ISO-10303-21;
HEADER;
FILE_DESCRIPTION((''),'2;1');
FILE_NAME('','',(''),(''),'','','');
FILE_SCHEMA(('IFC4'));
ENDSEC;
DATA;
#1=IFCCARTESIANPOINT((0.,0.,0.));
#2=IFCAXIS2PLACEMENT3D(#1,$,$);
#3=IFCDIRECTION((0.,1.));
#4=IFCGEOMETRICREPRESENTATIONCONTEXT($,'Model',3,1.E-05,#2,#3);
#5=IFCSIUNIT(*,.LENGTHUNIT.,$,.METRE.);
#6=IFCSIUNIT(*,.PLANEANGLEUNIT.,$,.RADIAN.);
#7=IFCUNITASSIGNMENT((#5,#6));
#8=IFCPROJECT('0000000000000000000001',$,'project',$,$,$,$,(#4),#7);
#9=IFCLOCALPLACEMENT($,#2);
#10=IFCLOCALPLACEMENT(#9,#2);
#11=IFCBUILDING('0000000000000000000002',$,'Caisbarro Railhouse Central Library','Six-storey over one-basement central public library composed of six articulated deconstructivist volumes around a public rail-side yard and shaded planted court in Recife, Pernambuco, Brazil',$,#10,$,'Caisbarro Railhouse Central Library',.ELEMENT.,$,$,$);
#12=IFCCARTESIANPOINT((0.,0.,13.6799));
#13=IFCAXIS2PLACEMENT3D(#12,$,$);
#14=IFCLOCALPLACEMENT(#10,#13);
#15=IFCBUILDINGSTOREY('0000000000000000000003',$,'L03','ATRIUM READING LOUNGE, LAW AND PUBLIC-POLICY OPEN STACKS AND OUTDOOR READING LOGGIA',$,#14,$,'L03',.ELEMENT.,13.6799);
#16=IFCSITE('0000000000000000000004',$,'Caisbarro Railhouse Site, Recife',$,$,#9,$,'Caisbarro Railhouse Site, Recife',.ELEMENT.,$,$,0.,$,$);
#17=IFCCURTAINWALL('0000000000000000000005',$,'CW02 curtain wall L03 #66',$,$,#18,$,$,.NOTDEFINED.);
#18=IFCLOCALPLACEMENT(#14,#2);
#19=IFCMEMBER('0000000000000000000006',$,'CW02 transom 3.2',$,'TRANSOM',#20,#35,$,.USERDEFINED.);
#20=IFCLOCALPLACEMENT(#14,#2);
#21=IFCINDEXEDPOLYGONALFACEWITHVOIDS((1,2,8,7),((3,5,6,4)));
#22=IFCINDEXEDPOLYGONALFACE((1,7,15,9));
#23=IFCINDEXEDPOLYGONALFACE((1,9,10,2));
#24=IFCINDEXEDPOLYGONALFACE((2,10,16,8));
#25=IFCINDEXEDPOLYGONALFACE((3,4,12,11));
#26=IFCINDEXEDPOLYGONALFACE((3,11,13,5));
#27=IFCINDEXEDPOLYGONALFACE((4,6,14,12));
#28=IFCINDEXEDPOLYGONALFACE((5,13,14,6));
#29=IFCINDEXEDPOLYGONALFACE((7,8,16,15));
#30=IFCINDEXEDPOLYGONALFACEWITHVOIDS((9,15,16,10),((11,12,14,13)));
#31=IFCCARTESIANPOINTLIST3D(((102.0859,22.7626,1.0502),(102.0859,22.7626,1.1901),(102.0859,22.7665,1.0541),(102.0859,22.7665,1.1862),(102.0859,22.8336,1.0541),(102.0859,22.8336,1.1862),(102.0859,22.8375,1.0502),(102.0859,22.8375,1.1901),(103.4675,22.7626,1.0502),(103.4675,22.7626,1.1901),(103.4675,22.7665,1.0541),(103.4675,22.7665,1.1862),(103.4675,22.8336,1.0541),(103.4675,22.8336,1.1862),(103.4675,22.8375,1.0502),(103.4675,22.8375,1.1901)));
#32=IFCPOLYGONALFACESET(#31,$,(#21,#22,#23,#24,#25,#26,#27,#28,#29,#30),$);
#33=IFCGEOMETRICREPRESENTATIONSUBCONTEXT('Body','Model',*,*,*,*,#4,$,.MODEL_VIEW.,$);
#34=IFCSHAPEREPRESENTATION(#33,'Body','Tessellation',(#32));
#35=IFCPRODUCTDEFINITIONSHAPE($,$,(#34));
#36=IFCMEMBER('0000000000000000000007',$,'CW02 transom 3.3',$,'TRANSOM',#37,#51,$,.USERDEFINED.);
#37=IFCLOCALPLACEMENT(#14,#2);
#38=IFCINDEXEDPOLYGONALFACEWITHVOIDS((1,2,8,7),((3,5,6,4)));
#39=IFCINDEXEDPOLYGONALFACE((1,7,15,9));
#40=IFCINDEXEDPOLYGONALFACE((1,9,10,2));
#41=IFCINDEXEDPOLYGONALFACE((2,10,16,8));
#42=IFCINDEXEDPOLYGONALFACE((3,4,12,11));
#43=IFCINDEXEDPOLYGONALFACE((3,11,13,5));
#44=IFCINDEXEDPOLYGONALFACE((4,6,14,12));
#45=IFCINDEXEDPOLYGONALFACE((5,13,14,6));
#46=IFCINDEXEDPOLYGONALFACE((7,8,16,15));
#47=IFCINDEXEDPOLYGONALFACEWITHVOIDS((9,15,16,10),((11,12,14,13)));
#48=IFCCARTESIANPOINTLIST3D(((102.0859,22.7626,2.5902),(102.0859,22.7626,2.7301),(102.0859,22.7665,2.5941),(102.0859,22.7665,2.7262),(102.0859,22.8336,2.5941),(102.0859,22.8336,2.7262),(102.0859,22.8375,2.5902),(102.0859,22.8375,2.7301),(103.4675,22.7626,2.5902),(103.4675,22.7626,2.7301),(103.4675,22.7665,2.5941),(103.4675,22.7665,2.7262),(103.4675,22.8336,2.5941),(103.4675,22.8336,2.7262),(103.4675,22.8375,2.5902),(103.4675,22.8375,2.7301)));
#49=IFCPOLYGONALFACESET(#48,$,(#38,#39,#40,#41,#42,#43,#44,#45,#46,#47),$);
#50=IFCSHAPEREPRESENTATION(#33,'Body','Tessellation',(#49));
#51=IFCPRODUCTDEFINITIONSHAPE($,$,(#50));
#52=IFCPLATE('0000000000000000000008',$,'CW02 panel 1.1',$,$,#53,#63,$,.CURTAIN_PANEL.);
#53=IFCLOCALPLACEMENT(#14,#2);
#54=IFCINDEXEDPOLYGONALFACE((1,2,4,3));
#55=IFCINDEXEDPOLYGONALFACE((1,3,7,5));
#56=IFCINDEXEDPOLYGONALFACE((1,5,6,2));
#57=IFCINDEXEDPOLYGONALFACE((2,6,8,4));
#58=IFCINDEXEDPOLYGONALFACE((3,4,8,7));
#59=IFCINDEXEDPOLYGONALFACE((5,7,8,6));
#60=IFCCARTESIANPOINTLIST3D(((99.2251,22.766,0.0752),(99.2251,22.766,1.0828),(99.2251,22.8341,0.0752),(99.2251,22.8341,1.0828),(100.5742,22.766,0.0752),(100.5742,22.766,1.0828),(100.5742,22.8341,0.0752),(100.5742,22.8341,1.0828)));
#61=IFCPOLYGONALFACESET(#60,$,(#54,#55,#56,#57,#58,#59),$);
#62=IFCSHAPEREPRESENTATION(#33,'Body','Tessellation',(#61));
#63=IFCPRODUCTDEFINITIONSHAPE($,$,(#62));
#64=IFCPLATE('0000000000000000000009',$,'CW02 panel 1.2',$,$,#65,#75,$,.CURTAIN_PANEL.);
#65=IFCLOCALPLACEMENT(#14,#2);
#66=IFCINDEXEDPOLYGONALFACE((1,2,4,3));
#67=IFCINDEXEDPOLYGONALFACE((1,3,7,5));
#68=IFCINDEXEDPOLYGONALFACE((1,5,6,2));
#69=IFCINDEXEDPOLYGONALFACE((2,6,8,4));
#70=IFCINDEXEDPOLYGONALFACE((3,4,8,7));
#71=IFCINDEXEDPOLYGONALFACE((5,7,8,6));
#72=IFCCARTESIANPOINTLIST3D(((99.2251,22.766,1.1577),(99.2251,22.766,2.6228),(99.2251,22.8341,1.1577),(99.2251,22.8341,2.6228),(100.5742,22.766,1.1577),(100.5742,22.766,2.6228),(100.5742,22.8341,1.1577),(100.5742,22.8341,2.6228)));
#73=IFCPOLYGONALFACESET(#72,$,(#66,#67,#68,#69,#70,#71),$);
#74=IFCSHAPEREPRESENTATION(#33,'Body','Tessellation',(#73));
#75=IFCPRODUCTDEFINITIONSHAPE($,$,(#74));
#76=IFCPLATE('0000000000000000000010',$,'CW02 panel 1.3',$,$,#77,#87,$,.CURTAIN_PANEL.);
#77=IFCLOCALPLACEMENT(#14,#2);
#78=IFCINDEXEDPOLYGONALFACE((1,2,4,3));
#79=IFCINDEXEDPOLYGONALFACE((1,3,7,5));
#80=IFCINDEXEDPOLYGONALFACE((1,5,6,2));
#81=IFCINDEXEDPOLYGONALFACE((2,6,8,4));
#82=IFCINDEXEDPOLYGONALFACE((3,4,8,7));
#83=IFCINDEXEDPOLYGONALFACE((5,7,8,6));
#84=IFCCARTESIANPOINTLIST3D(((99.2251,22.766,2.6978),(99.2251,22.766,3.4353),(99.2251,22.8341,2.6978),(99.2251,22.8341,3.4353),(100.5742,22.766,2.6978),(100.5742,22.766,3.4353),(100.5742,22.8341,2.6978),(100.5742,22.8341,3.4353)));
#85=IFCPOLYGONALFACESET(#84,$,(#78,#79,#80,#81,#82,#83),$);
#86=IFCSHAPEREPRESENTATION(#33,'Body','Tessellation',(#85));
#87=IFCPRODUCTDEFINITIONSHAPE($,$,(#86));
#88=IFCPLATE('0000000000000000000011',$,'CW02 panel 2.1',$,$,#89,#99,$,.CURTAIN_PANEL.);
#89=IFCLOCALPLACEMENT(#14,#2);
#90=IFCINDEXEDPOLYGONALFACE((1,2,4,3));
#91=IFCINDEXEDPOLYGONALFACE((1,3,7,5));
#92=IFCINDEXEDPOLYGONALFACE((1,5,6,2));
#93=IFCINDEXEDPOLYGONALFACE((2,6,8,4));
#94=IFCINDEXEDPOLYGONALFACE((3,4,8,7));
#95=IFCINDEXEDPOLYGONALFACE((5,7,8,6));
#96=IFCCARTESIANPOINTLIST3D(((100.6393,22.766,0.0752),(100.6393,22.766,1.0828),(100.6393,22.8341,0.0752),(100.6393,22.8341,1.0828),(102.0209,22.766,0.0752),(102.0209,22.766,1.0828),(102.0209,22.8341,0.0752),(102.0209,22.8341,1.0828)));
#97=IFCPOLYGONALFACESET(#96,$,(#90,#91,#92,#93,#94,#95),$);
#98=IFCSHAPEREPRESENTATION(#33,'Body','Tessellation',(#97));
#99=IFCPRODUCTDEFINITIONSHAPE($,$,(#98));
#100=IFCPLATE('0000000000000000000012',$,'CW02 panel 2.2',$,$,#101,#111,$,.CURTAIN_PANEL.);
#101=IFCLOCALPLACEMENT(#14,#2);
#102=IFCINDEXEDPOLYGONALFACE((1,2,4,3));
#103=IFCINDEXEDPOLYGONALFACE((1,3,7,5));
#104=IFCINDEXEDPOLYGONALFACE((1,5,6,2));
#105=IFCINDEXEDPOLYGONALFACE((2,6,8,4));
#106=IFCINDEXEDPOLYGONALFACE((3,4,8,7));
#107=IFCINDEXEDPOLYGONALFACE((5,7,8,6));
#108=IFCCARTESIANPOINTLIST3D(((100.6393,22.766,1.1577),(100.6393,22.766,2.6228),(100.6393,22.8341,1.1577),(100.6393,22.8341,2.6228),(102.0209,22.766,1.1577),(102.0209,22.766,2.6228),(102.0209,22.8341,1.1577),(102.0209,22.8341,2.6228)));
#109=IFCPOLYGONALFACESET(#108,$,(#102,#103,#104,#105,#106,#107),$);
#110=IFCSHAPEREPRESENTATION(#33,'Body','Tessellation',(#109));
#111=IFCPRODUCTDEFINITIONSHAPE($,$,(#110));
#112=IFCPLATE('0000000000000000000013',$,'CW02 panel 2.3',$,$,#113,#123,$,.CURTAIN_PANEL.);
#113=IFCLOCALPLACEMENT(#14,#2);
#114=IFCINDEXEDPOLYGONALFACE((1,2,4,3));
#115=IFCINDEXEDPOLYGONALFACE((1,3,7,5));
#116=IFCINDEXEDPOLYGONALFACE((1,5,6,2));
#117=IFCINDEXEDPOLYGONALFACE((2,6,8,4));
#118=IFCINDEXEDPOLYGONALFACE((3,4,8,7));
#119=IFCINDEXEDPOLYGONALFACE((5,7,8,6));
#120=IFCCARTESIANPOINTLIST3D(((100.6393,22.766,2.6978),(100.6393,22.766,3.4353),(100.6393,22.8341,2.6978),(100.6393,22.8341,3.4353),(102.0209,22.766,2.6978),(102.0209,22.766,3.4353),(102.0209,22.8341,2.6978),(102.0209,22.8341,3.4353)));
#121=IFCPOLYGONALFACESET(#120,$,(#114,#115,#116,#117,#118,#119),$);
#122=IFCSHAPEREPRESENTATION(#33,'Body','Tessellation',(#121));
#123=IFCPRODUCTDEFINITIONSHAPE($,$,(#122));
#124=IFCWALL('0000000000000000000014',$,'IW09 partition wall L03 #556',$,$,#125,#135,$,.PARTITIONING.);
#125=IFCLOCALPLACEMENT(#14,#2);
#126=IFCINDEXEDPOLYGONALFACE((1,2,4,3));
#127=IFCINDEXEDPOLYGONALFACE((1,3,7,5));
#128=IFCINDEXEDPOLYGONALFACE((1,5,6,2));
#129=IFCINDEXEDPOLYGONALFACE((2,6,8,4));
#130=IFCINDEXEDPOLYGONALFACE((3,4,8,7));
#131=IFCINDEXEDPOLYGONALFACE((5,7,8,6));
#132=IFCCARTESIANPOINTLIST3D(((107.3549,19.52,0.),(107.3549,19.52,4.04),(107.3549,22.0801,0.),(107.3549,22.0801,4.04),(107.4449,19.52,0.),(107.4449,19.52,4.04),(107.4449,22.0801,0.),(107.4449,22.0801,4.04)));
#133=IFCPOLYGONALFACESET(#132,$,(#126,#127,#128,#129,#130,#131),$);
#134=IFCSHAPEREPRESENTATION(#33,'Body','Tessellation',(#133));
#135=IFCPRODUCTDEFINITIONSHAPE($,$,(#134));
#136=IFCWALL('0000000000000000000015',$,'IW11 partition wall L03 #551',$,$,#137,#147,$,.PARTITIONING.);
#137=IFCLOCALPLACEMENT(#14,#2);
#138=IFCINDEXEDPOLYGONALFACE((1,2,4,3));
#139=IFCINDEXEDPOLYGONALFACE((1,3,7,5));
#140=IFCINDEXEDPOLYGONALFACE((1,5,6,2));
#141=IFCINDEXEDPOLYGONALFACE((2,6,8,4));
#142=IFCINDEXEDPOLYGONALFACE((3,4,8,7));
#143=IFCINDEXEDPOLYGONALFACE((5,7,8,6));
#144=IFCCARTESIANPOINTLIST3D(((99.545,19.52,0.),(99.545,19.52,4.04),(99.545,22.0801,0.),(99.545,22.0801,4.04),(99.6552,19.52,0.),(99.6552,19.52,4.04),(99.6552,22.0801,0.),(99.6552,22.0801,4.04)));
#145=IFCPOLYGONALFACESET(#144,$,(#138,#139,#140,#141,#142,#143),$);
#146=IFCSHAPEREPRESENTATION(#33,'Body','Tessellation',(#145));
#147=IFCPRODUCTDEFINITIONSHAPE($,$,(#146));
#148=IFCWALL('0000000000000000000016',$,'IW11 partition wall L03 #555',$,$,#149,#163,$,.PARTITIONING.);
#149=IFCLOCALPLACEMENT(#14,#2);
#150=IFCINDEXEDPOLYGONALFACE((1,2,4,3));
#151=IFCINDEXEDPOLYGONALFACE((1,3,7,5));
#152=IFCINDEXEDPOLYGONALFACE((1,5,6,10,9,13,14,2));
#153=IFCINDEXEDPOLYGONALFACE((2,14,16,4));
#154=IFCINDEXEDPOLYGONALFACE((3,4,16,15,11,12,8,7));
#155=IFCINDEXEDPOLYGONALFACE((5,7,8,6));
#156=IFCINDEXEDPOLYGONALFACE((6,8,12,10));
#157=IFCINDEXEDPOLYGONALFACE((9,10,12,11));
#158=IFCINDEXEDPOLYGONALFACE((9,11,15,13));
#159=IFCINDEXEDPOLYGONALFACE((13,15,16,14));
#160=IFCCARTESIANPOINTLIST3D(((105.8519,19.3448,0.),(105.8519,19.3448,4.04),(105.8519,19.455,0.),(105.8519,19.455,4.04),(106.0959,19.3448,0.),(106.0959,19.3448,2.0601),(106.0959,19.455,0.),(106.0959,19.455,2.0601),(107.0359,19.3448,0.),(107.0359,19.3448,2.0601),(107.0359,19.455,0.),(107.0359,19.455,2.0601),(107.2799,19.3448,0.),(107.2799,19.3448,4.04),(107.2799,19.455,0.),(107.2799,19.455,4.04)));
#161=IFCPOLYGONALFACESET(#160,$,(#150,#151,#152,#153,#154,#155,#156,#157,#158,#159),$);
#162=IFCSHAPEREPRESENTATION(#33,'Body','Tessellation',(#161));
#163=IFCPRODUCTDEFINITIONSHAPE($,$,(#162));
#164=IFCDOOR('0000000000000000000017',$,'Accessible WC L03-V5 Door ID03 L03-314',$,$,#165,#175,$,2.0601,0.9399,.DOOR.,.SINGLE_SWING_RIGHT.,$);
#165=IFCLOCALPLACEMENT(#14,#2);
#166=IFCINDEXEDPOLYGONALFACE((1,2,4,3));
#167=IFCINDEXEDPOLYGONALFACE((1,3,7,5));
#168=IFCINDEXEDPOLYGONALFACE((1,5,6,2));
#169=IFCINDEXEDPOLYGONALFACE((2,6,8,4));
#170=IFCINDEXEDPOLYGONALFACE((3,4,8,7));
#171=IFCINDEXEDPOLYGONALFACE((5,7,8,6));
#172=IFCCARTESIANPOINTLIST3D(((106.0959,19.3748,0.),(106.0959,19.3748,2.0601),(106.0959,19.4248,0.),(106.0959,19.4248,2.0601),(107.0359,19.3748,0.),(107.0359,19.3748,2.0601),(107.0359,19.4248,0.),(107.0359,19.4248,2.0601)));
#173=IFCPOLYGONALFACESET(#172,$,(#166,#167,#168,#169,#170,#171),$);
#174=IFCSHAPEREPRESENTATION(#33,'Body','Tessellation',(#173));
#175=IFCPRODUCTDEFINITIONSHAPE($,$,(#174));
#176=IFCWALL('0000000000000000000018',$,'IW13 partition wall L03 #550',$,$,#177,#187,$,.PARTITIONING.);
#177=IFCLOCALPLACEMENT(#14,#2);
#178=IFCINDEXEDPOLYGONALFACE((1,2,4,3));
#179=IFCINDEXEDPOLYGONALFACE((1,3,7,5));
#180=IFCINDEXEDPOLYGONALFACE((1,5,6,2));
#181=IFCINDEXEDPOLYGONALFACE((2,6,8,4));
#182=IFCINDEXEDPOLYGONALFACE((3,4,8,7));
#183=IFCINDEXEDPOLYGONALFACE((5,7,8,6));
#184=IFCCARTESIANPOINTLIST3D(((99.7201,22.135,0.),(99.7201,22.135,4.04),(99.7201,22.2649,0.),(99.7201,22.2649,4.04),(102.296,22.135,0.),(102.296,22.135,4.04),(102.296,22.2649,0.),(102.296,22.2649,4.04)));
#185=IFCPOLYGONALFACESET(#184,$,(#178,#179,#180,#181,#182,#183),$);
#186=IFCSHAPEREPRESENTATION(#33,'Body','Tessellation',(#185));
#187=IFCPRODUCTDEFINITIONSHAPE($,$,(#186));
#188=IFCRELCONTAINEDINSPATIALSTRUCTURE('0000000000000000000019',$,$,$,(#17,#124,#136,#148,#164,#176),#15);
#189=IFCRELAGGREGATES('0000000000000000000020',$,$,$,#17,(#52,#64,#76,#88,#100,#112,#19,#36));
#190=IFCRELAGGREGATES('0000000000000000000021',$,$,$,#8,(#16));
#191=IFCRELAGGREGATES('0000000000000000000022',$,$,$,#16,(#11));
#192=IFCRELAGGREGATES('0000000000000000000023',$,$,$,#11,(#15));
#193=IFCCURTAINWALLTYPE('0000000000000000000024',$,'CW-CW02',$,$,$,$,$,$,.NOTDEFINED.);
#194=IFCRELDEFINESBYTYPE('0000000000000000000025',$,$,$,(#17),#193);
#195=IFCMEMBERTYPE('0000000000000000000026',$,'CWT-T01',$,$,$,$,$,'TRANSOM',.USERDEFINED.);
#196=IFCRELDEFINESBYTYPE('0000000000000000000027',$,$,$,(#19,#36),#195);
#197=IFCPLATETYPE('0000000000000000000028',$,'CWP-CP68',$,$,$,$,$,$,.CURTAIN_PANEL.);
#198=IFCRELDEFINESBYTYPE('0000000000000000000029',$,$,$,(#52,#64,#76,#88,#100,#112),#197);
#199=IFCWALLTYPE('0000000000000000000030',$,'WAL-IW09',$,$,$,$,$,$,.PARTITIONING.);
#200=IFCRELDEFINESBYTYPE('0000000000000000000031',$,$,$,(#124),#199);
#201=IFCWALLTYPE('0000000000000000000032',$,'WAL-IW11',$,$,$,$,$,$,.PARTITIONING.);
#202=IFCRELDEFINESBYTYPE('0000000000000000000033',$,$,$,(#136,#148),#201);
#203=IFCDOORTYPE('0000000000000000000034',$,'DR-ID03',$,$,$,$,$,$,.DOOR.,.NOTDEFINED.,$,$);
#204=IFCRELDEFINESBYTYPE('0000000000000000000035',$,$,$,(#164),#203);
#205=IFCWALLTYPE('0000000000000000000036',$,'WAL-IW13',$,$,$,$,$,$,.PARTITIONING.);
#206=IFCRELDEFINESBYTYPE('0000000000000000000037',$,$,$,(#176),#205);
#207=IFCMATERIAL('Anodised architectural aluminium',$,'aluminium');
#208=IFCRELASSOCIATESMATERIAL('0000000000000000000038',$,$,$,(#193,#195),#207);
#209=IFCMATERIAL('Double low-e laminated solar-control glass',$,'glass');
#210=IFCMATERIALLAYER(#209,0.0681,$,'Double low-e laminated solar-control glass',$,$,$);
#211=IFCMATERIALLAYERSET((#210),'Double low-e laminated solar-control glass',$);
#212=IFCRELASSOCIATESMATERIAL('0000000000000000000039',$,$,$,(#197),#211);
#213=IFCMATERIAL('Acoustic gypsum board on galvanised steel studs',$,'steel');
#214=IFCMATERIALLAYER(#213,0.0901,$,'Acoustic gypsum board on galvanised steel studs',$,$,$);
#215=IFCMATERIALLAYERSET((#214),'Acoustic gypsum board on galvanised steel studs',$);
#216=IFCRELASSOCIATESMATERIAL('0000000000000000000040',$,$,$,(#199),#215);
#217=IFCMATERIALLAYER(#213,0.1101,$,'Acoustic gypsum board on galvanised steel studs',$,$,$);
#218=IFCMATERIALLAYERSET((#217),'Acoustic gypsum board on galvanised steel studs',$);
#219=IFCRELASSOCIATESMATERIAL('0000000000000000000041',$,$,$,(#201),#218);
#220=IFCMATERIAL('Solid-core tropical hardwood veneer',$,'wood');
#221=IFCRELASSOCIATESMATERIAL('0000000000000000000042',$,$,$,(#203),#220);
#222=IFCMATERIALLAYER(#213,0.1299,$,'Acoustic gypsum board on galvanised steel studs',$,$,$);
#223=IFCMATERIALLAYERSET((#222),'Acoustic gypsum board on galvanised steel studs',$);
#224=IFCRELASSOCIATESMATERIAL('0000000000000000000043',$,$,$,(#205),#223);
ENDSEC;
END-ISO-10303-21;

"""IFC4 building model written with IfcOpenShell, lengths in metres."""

from ifc_helpers import new_model, si_unit, direction, frame, frame_2d, origin, origin_2d, place, context, subcontext, project, spatial, rectangle, hollow_rectangle, extrude, material, layer, layer_set, material_profile, profile_set, type_object, element, fill, aggregate, save


model = new_model("IFC4")

# Units and contexts
model_context = context("Model", 3, precision=1e-05, world=origin(), true_north=direction((0.0, 1.0)))
body_context = subcontext(model_context, "Body", "Model", "MODEL_VIEW")
ifc_project = project(units=[si_unit("LENGTHUNIT", "METRE"), si_unit("PLANEANGLEUNIT", "RADIAN")], contexts=[model_context])

# Site, building, storey
site_placement = place(None, origin())
site = spatial("IfcSite", under=ifc_project, at=site_placement, Name="Caisbarro Railhouse Site, Recife", LongName="Caisbarro Railhouse Site, Recife", CompositionType="ELEMENT", RefElevation=0.0)
building_placement = place(site_placement, origin())
building = spatial("IfcBuilding", under=site, at=building_placement, Name="Caisbarro Railhouse Central Library", Description="Six-storey over one-basement central public library composed of six articulated deconstructivist volumes around a public rail-side yard and shaded planted court in Recife, Pernambuco, Brazil", LongName="Caisbarro Railhouse Central Library", CompositionType="ELEMENT")
storey_placement = place(building_placement, frame((0.0, 0.0, 13.6799)))
storey = spatial("IfcBuildingStorey", under=building, at=storey_placement, Name="L03", Description="ATRIUM READING LOUNGE, LAW AND PUBLIC-POLICY OPEN STACKS AND OUTDOOR READING LOGGIA", LongName="L03", CompositionType="ELEMENT", Elevation=13.6799)

# Shared definitions
ifc_material_1 = material(Name="Anodised architectural aluminium", Category="aluminium")
curtain_wall_type = type_object("IfcCurtainWallType", Name="CW-CW02", PredefinedType="NOTDEFINED", material=ifc_material_1)

# Curtain wall, members, plates
curtain_wall_1_placement = place(storey_placement, origin())
curtain_wall_1 = element("IfcCurtainWall", 1, at=curtain_wall_1_placement, inside=storey, type_object=curtain_wall_type, Name="CW02 curtain wall L03 #66", PredefinedType="NOTDEFINED")
ifc_material_profile_1 = material_profile(ifc_material_1, hollow_rectangle(XDim=0.075, YDim=0.1399, WallThickness=0.0039, at=origin_2d()), Name="ALU-TRN-75X140")
ifc_profile_set_1 = profile_set([ifc_material_profile_1], Name="Anodised architectural aluminium")
member_type_1 = type_object("IfcMemberType", Name="CWT-T01", ElementType="TRANSOM", PredefinedType="USERDEFINED", material=ifc_profile_set_1)
member_1_placement = place(storey_placement, frame((102.0859, 22.8, 1.1201), z_axis=(1.0, 0.0, 0.0), x_axis=(0.0, 1.0, 0.0)))
member_1 = element("IfcMember", 2, at=member_1_placement, type_object=member_type_1, Name="CW02 transom 3.2", ObjectType="TRANSOM", PredefinedType="USERDEFINED", context=body_context, shape_type="SweptSolid", body=[
    extrude(hollow_rectangle(XDim=0.075, YDim=0.1399, WallThickness=0.0039, at=origin_2d()), origin(), (0.0, 0.0, 1.0), 1.3816),
])
member_2_placement = place(storey_placement, frame((102.0859, 22.8, 2.6602), z_axis=(1.0, 0.0, 0.0), x_axis=(0.0, 1.0, 0.0)))
member_2 = element("IfcMember", 3, at=member_2_placement, type_object=member_type_1, Name="CW02 transom 3.3", ObjectType="TRANSOM", PredefinedType="USERDEFINED", context=body_context, shape_type="SweptSolid", body=[
    extrude(hollow_rectangle(XDim=0.075, YDim=0.1399, WallThickness=0.0039, at=origin_2d()), origin(), (0.0, 0.0, 1.0), 1.3816),
])
ifc_material_2 = material(Name="Double low-e laminated solar-control glass", Category="glass")
ifc_layer_1 = layer(ifc_material_2, 0.0681, Name="Double low-e laminated solar-control glass")
ifc_layer_set_1 = layer_set([ifc_layer_1], Name="Double low-e laminated solar-control glass")
plate_type = type_object("IfcPlateType", Name="CWP-CP68", PredefinedType="CURTAIN_PANEL", material=ifc_layer_set_1)
plate_1_placement = place(storey_placement, frame((99.8997, 22.8, 0.0752), z_axis=(0.0, 0.0, 1.0), x_axis=(1.0, 0.0, 0.0)))
plate_1 = element("IfcPlate", 4, at=plate_1_placement, type_object=plate_type, Name="CW02 panel 1.1", PredefinedType="CURTAIN_PANEL", context=body_context, shape_type="SweptSolid", body=[
    extrude(rectangle(XDim=1.3491, YDim=0.0681, at=origin_2d()), origin(), (0.0, 0.0, 1.0), 1.0076),
])
plate_2_placement = place(storey_placement, frame((99.8997, 22.8, 1.1577), z_axis=(0.0, 0.0, 1.0), x_axis=(1.0, 0.0, 0.0)))
plate_2 = element("IfcPlate", 5, at=plate_2_placement, type_object=plate_type, Name="CW02 panel 1.2", PredefinedType="CURTAIN_PANEL", context=body_context, shape_type="SweptSolid", body=[
    extrude(rectangle(XDim=1.3491, YDim=0.0681, at=origin_2d()), origin(), (0.0, 0.0, 1.0), 1.4651),
])
plate_3_placement = place(storey_placement, frame((99.8997, 22.8, 2.6978), z_axis=(0.0, 0.0, 1.0), x_axis=(1.0, 0.0, 0.0)))
plate_3 = element("IfcPlate", 6, at=plate_3_placement, type_object=plate_type, Name="CW02 panel 1.3", PredefinedType="CURTAIN_PANEL", context=body_context, shape_type="SweptSolid", body=[
    extrude(rectangle(XDim=1.3491, YDim=0.0681, at=origin_2d()), origin(), (0.0, 0.0, 1.0), 0.7375),
])
plate_4_placement = place(storey_placement, frame((101.3301, 22.8, 0.0752), z_axis=(0.0, 0.0, 1.0), x_axis=(1.0, 0.0, 0.0)))
plate_4 = element("IfcPlate", 7, at=plate_4_placement, type_object=plate_type, Name="CW02 panel 2.1", PredefinedType="CURTAIN_PANEL", context=body_context, shape_type="SweptSolid", body=[
    extrude(rectangle(XDim=1.3816, YDim=0.0681, at=origin_2d()), origin(), (0.0, 0.0, 1.0), 1.0076),
])
plate_5_placement = place(storey_placement, frame((101.3301, 22.8, 1.1577), z_axis=(0.0, 0.0, 1.0), x_axis=(1.0, 0.0, 0.0)))
plate_5 = element("IfcPlate", 8, at=plate_5_placement, type_object=plate_type, Name="CW02 panel 2.2", PredefinedType="CURTAIN_PANEL", context=body_context, shape_type="SweptSolid", body=[
    extrude(rectangle(XDim=1.3816, YDim=0.0681, at=origin_2d()), origin(), (0.0, 0.0, 1.0), 1.4651),
])
plate_6_placement = place(storey_placement, frame((101.3301, 22.8, 2.6978), z_axis=(0.0, 0.0, 1.0), x_axis=(1.0, 0.0, 0.0)))
plate_6 = element("IfcPlate", 9, at=plate_6_placement, type_object=plate_type, Name="CW02 panel 2.3", PredefinedType="CURTAIN_PANEL", context=body_context, shape_type="SweptSolid", body=[
    extrude(rectangle(XDim=1.3816, YDim=0.0681, at=origin_2d()), origin(), (0.0, 0.0, 1.0), 0.7375),
])
aggregate(curtain_wall_1, [plate_1, plate_2, plate_3, plate_4, plate_5, plate_6, member_1, member_2])

# Walls
ifc_material_3 = material(Name="Acoustic gypsum board on galvanised steel studs", Category="steel")
ifc_layer_2 = layer(ifc_material_3, 0.0901, Name="Acoustic gypsum board on galvanised steel studs")
ifc_layer_set_2 = layer_set([ifc_layer_2], Name="Acoustic gypsum board on galvanised steel studs")
wall_type_1 = type_object("IfcWallType", Name="WAL-IW09", PredefinedType="PARTITIONING", material=ifc_layer_set_2)
wall_1_placement = place(storey_placement, frame((107.3999, 19.52, 0.0), z_axis=(0.0, 0.0, 1.0), x_axis=(0.0, 1.0, 0.0)))
element("IfcWall", 10, at=wall_1_placement, inside=storey, type_object=wall_type_1, Name="IW09 partition wall L03 #556", PredefinedType="PARTITIONING", context=body_context, shape_type="SweptSolid", body=[
    extrude(rectangle(XDim=2.5601, YDim=0.0901, at=frame_2d((1.28, 0.0))), origin(), (0.0, 0.0, 1.0), 4.04),
])
ifc_layer_3 = layer(ifc_material_3, 0.1101, Name="Acoustic gypsum board on galvanised steel studs")
ifc_layer_set_3 = layer_set([ifc_layer_3], Name="Acoustic gypsum board on galvanised steel studs")
wall_type_2 = type_object("IfcWallType", Name="WAL-IW11", PredefinedType="PARTITIONING", material=ifc_layer_set_3)
wall_2_placement = place(storey_placement, frame((99.6001, 19.52, 0.0), z_axis=(0.0, 0.0, 1.0), x_axis=(0.0, 1.0, 0.0)))
element("IfcWall", 11, at=wall_2_placement, inside=storey, type_object=wall_type_2, Name="IW11 partition wall L03 #551", PredefinedType="PARTITIONING", context=body_context, shape_type="SweptSolid", body=[
    extrude(rectangle(XDim=2.5601, YDim=0.1101, at=frame_2d((1.28, 0.0))), origin(), (0.0, 0.0, 1.0), 4.04),
])

# Wall, opening, door
wall_3_placement = place(storey_placement, frame((105.8521, 19.3999, 0.0), z_axis=(0.0, 0.0, 1.0), x_axis=(1.0, 0.0, 0.0)))
wall_3 = element("IfcWall", 12, at=wall_3_placement, inside=storey, type_object=wall_type_2, Name="IW11 partition wall L03 #555", PredefinedType="PARTITIONING", context=body_context, shape_type="SweptSolid", body=[
    extrude(rectangle(XDim=1.428, YDim=0.1101, at=frame_2d((0.7139, 0.0))), origin(), (0.0, 0.0, 1.0), 4.04),
])
opening_placement = place(wall_3_placement, frame((0.2439, 0.0, 0.0)))
opening = element("IfcOpeningElement", 13, at=opening_placement, cuts=wall_3, PredefinedType="OPENING", context=body_context, shape_type="SweptSolid", body=[
    extrude(rectangle(XDim=0.9399, YDim=2.0601, at=frame_2d((0.47, 1.03))), frame((0.0, 0.0649, 0.0), z_axis=(0.0, -1.0, 0.0), x_axis=(1.0, 0.0, 0.0)), (0.0, 0.0, 1.0), 0.1301),
])
ifc_material_4 = material(Name="Solid-core tropical hardwood veneer", Category="wood")
door_type = type_object("IfcDoorType", Name="DR-ID03", OperationType="NOTDEFINED", PredefinedType="DOOR", material=ifc_material_4)
door_placement = place(opening_placement, origin())
door = element("IfcDoor", 14, at=door_placement, inside=storey, type_object=door_type, Name="Accessible WC L03-V5 Door ID03 L03-314", OperationType="SINGLE_SWING_RIGHT", OverallHeight=2.0601, OverallWidth=0.9399, PredefinedType="DOOR", context=body_context, shape_type="SweptSolid", body=[
    extrude(rectangle(XDim=0.9399, YDim=2.0601, at=frame_2d((0.47, 1.03))), frame((0.0, 0.0249, 0.0), z_axis=(0.0, -1.0, 0.0), x_axis=(1.0, 0.0, 0.0)), (0.0, 0.0, 1.0), 0.05),
])
fill(opening, door)

# Wall
ifc_layer_4 = layer(ifc_material_3, 0.1299, Name="Acoustic gypsum board on galvanised steel studs")
ifc_layer_set_4 = layer_set([ifc_layer_4], Name="Acoustic gypsum board on galvanised steel studs")
wall_type_3 = type_object("IfcWallType", Name="WAL-IW13", PredefinedType="PARTITIONING", material=ifc_layer_set_4)
wall_4_placement = place(storey_placement, frame((99.72, 22.2, 0.0), z_axis=(0.0, 0.0, 1.0), x_axis=(1.0, 0.0, 0.0)))
element("IfcWall", 15, at=wall_4_placement, inside=storey, type_object=wall_type_3, Name="IW13 partition wall L03 #550", PredefinedType="PARTITIONING", context=body_context, shape_type="SweptSolid", body=[
    extrude(rectangle(XDim=2.5759, YDim=0.1299, at=frame_2d((1.2881, 0.0))), origin(), (0.0, 0.0, 1.0), 4.04),
])

save(model, "model.ifc")
